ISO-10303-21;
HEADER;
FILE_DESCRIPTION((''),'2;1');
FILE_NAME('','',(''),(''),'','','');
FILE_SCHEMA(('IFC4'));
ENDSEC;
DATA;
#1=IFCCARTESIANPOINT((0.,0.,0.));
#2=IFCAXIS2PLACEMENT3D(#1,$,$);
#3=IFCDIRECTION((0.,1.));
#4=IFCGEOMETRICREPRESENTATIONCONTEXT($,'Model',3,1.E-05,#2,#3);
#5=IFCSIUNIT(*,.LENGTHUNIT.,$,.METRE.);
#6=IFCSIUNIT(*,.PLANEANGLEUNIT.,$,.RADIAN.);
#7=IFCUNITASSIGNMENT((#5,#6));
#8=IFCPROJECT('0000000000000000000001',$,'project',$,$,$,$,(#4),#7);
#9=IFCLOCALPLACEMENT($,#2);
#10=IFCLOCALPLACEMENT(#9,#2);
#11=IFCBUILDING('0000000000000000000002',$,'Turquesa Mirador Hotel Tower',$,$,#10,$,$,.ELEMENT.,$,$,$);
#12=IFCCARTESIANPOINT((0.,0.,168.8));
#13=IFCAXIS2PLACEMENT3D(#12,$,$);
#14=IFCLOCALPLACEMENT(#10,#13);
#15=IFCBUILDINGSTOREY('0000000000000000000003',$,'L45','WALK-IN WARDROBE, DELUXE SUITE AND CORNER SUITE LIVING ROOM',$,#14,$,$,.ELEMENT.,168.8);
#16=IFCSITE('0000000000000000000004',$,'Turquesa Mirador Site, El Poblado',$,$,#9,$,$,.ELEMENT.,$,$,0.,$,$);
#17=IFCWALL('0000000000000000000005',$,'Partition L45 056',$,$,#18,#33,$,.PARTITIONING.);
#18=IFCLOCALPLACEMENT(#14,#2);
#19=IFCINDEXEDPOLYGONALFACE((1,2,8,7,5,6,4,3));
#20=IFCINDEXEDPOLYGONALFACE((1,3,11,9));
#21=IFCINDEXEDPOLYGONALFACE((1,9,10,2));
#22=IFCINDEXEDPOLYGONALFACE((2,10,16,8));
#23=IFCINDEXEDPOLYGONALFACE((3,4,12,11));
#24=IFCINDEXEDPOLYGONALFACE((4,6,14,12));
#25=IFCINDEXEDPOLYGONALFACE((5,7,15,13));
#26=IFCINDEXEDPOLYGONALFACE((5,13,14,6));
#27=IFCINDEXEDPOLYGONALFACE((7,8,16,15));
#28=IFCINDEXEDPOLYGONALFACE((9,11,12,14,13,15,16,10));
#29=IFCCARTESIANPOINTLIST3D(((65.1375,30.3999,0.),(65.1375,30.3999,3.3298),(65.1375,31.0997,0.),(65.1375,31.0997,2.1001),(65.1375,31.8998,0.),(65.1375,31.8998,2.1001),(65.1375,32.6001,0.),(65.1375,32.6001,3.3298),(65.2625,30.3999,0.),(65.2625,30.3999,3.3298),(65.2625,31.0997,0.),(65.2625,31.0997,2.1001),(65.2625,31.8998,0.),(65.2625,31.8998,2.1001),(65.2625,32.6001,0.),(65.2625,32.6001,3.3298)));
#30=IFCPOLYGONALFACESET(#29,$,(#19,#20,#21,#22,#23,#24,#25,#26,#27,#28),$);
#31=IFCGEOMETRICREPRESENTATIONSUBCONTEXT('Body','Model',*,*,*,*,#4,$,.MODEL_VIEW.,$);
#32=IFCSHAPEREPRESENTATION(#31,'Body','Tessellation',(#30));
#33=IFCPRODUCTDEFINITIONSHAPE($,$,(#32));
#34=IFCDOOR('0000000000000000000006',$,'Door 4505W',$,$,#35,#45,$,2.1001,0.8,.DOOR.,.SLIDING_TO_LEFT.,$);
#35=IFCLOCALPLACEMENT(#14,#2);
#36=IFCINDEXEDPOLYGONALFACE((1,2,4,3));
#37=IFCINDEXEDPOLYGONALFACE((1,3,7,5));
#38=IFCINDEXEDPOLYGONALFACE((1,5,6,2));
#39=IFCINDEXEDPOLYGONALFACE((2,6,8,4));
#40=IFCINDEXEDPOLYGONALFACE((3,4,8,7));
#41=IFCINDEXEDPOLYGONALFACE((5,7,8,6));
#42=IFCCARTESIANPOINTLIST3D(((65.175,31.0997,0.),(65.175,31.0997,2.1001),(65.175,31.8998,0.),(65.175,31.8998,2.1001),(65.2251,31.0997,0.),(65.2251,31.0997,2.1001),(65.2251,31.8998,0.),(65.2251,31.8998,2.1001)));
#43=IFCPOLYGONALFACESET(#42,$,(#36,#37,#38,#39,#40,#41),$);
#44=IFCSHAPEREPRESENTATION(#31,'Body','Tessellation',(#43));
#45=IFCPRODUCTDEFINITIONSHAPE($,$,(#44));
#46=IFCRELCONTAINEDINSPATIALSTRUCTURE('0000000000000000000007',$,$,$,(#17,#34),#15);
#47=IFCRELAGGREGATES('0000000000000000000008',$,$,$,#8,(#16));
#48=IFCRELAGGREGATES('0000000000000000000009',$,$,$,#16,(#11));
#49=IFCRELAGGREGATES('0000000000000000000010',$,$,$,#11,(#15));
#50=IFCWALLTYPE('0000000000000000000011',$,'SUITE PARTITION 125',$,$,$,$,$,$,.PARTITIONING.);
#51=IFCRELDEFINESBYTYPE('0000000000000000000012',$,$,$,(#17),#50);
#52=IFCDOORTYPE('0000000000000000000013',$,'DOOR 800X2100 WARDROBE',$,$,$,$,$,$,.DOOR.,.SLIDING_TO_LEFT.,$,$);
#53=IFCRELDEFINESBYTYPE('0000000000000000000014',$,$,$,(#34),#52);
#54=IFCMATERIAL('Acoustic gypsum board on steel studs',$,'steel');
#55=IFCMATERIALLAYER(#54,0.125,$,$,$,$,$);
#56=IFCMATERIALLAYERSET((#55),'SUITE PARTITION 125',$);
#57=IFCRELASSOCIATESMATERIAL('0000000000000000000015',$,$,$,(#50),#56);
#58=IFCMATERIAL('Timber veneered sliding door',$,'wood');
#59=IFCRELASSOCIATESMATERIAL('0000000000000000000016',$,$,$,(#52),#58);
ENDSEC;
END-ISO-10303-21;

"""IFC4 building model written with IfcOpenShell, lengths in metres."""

from ifc_helpers import new_model, si_unit, direction, frame, frame_2d, origin, place, context, subcontext, project, spatial, rectangle, extrude, material, layer, layer_set, type_object, element, fill, save


model = new_model("IFC4")

# Units and contexts
model_context = context("Model", 3, precision=1e-05, world=origin(), true_north=direction((0.0, 1.0)))
body_context = subcontext(model_context, "Body", "Model", "MODEL_VIEW")
ifc_project = project(units=[si_unit("LENGTHUNIT", "METRE"), si_unit("PLANEANGLEUNIT", "RADIAN")], contexts=[model_context])

# Site, building, storey
site_placement = place(None, origin())
site = spatial("IfcSite", under=ifc_project, at=site_placement, Name="Turquesa Mirador Site, El Poblado", CompositionType="ELEMENT", RefElevation=0.0)
building_placement = place(site_placement, origin())
building = spatial("IfcBuilding", under=site, at=building_placement, Name="Turquesa Mirador Hotel Tower", CompositionType="ELEMENT")
storey_placement = place(building_placement, frame((0.0, 0.0, 168.8)))
storey = spatial("IfcBuildingStorey", under=building, at=storey_placement, Name="L45", Description="WALK-IN WARDROBE, DELUXE SUITE AND CORNER SUITE LIVING ROOM", CompositionType="ELEMENT", Elevation=168.8)

# Shared definitions
ifc_material_1 = material(Name="Acoustic gypsum board on steel studs", Category="steel")
ifc_layer_1 = layer(ifc_material_1, 0.125)
ifc_layer_set_1 = layer_set([ifc_layer_1], Name="SUITE PARTITION 125")
wall_type_1 = type_object("IfcWallType", Name="SUITE PARTITION 125", PredefinedType="PARTITIONING", material=ifc_layer_set_1)

# Wall, opening, door
wall_1_placement = place(storey_placement, frame((65.2, 30.3999, 0.0), z_axis=(0.0, 0.0, 1.0), x_axis=(0.0, 1.0, 0.0)))
wall_1 = element("IfcWall", 1, at=wall_1_placement, inside=storey, type_object=wall_type_1, Name="Partition L45 056", PredefinedType="PARTITIONING", context=body_context, shape_type="SweptSolid", body=[
    extrude(rectangle(XDim=2.2002, YDim=0.125, at=frame_2d((1.1001, 0.0))), origin(), (0.0, 0.0, 1.0), 3.3298),
])
opening_1_placement = place(wall_1_placement, frame((0.7, 0.0, 0.0)))
opening_1 = element("IfcOpeningElement", 2, at=opening_1_placement, cuts=wall_1, PredefinedType="OPENING", context=body_context, shape_type="SweptSolid", body=[
    extrude(rectangle(XDim=0.8, YDim=2.1001, at=frame_2d((0.3999, 1.05))), frame((0.0, 0.0725, 0.0), z_axis=(0.0, -1.0, 0.0), x_axis=(1.0, 0.0, 0.0)), (0.0, 0.0, 1.0), 0.145),
])
ifc_material_2 = material(Name="Timber veneered sliding door", Category="wood")
door_type_1 = type_object("IfcDoorType", Name="DOOR 800X2100 WARDROBE", OperationType="SLIDING_TO_LEFT", PredefinedType="DOOR", material=ifc_material_2)
door_1_placement = place(opening_1_placement, origin())
door_1 = element("IfcDoor", 3, at=door_1_placement, inside=storey, type_object=door_type_1, Name="Door 4505W", OperationType="SLIDING_TO_LEFT", OverallHeight=2.1001, OverallWidth=0.8, PredefinedType="DOOR", context=body_context, shape_type="SweptSolid", body=[
    extrude(rectangle(XDim=0.8, YDim=2.1001, at=frame_2d((0.3999, 1.05))), frame((0.0, 0.0249, 0.0), z_axis=(0.0, -1.0, 0.0), x_axis=(1.0, 0.0, 0.0)), (0.0, 0.0, 1.0), 0.05),
])
fill(opening_1, door_1)

save(model, "model.ifc")
